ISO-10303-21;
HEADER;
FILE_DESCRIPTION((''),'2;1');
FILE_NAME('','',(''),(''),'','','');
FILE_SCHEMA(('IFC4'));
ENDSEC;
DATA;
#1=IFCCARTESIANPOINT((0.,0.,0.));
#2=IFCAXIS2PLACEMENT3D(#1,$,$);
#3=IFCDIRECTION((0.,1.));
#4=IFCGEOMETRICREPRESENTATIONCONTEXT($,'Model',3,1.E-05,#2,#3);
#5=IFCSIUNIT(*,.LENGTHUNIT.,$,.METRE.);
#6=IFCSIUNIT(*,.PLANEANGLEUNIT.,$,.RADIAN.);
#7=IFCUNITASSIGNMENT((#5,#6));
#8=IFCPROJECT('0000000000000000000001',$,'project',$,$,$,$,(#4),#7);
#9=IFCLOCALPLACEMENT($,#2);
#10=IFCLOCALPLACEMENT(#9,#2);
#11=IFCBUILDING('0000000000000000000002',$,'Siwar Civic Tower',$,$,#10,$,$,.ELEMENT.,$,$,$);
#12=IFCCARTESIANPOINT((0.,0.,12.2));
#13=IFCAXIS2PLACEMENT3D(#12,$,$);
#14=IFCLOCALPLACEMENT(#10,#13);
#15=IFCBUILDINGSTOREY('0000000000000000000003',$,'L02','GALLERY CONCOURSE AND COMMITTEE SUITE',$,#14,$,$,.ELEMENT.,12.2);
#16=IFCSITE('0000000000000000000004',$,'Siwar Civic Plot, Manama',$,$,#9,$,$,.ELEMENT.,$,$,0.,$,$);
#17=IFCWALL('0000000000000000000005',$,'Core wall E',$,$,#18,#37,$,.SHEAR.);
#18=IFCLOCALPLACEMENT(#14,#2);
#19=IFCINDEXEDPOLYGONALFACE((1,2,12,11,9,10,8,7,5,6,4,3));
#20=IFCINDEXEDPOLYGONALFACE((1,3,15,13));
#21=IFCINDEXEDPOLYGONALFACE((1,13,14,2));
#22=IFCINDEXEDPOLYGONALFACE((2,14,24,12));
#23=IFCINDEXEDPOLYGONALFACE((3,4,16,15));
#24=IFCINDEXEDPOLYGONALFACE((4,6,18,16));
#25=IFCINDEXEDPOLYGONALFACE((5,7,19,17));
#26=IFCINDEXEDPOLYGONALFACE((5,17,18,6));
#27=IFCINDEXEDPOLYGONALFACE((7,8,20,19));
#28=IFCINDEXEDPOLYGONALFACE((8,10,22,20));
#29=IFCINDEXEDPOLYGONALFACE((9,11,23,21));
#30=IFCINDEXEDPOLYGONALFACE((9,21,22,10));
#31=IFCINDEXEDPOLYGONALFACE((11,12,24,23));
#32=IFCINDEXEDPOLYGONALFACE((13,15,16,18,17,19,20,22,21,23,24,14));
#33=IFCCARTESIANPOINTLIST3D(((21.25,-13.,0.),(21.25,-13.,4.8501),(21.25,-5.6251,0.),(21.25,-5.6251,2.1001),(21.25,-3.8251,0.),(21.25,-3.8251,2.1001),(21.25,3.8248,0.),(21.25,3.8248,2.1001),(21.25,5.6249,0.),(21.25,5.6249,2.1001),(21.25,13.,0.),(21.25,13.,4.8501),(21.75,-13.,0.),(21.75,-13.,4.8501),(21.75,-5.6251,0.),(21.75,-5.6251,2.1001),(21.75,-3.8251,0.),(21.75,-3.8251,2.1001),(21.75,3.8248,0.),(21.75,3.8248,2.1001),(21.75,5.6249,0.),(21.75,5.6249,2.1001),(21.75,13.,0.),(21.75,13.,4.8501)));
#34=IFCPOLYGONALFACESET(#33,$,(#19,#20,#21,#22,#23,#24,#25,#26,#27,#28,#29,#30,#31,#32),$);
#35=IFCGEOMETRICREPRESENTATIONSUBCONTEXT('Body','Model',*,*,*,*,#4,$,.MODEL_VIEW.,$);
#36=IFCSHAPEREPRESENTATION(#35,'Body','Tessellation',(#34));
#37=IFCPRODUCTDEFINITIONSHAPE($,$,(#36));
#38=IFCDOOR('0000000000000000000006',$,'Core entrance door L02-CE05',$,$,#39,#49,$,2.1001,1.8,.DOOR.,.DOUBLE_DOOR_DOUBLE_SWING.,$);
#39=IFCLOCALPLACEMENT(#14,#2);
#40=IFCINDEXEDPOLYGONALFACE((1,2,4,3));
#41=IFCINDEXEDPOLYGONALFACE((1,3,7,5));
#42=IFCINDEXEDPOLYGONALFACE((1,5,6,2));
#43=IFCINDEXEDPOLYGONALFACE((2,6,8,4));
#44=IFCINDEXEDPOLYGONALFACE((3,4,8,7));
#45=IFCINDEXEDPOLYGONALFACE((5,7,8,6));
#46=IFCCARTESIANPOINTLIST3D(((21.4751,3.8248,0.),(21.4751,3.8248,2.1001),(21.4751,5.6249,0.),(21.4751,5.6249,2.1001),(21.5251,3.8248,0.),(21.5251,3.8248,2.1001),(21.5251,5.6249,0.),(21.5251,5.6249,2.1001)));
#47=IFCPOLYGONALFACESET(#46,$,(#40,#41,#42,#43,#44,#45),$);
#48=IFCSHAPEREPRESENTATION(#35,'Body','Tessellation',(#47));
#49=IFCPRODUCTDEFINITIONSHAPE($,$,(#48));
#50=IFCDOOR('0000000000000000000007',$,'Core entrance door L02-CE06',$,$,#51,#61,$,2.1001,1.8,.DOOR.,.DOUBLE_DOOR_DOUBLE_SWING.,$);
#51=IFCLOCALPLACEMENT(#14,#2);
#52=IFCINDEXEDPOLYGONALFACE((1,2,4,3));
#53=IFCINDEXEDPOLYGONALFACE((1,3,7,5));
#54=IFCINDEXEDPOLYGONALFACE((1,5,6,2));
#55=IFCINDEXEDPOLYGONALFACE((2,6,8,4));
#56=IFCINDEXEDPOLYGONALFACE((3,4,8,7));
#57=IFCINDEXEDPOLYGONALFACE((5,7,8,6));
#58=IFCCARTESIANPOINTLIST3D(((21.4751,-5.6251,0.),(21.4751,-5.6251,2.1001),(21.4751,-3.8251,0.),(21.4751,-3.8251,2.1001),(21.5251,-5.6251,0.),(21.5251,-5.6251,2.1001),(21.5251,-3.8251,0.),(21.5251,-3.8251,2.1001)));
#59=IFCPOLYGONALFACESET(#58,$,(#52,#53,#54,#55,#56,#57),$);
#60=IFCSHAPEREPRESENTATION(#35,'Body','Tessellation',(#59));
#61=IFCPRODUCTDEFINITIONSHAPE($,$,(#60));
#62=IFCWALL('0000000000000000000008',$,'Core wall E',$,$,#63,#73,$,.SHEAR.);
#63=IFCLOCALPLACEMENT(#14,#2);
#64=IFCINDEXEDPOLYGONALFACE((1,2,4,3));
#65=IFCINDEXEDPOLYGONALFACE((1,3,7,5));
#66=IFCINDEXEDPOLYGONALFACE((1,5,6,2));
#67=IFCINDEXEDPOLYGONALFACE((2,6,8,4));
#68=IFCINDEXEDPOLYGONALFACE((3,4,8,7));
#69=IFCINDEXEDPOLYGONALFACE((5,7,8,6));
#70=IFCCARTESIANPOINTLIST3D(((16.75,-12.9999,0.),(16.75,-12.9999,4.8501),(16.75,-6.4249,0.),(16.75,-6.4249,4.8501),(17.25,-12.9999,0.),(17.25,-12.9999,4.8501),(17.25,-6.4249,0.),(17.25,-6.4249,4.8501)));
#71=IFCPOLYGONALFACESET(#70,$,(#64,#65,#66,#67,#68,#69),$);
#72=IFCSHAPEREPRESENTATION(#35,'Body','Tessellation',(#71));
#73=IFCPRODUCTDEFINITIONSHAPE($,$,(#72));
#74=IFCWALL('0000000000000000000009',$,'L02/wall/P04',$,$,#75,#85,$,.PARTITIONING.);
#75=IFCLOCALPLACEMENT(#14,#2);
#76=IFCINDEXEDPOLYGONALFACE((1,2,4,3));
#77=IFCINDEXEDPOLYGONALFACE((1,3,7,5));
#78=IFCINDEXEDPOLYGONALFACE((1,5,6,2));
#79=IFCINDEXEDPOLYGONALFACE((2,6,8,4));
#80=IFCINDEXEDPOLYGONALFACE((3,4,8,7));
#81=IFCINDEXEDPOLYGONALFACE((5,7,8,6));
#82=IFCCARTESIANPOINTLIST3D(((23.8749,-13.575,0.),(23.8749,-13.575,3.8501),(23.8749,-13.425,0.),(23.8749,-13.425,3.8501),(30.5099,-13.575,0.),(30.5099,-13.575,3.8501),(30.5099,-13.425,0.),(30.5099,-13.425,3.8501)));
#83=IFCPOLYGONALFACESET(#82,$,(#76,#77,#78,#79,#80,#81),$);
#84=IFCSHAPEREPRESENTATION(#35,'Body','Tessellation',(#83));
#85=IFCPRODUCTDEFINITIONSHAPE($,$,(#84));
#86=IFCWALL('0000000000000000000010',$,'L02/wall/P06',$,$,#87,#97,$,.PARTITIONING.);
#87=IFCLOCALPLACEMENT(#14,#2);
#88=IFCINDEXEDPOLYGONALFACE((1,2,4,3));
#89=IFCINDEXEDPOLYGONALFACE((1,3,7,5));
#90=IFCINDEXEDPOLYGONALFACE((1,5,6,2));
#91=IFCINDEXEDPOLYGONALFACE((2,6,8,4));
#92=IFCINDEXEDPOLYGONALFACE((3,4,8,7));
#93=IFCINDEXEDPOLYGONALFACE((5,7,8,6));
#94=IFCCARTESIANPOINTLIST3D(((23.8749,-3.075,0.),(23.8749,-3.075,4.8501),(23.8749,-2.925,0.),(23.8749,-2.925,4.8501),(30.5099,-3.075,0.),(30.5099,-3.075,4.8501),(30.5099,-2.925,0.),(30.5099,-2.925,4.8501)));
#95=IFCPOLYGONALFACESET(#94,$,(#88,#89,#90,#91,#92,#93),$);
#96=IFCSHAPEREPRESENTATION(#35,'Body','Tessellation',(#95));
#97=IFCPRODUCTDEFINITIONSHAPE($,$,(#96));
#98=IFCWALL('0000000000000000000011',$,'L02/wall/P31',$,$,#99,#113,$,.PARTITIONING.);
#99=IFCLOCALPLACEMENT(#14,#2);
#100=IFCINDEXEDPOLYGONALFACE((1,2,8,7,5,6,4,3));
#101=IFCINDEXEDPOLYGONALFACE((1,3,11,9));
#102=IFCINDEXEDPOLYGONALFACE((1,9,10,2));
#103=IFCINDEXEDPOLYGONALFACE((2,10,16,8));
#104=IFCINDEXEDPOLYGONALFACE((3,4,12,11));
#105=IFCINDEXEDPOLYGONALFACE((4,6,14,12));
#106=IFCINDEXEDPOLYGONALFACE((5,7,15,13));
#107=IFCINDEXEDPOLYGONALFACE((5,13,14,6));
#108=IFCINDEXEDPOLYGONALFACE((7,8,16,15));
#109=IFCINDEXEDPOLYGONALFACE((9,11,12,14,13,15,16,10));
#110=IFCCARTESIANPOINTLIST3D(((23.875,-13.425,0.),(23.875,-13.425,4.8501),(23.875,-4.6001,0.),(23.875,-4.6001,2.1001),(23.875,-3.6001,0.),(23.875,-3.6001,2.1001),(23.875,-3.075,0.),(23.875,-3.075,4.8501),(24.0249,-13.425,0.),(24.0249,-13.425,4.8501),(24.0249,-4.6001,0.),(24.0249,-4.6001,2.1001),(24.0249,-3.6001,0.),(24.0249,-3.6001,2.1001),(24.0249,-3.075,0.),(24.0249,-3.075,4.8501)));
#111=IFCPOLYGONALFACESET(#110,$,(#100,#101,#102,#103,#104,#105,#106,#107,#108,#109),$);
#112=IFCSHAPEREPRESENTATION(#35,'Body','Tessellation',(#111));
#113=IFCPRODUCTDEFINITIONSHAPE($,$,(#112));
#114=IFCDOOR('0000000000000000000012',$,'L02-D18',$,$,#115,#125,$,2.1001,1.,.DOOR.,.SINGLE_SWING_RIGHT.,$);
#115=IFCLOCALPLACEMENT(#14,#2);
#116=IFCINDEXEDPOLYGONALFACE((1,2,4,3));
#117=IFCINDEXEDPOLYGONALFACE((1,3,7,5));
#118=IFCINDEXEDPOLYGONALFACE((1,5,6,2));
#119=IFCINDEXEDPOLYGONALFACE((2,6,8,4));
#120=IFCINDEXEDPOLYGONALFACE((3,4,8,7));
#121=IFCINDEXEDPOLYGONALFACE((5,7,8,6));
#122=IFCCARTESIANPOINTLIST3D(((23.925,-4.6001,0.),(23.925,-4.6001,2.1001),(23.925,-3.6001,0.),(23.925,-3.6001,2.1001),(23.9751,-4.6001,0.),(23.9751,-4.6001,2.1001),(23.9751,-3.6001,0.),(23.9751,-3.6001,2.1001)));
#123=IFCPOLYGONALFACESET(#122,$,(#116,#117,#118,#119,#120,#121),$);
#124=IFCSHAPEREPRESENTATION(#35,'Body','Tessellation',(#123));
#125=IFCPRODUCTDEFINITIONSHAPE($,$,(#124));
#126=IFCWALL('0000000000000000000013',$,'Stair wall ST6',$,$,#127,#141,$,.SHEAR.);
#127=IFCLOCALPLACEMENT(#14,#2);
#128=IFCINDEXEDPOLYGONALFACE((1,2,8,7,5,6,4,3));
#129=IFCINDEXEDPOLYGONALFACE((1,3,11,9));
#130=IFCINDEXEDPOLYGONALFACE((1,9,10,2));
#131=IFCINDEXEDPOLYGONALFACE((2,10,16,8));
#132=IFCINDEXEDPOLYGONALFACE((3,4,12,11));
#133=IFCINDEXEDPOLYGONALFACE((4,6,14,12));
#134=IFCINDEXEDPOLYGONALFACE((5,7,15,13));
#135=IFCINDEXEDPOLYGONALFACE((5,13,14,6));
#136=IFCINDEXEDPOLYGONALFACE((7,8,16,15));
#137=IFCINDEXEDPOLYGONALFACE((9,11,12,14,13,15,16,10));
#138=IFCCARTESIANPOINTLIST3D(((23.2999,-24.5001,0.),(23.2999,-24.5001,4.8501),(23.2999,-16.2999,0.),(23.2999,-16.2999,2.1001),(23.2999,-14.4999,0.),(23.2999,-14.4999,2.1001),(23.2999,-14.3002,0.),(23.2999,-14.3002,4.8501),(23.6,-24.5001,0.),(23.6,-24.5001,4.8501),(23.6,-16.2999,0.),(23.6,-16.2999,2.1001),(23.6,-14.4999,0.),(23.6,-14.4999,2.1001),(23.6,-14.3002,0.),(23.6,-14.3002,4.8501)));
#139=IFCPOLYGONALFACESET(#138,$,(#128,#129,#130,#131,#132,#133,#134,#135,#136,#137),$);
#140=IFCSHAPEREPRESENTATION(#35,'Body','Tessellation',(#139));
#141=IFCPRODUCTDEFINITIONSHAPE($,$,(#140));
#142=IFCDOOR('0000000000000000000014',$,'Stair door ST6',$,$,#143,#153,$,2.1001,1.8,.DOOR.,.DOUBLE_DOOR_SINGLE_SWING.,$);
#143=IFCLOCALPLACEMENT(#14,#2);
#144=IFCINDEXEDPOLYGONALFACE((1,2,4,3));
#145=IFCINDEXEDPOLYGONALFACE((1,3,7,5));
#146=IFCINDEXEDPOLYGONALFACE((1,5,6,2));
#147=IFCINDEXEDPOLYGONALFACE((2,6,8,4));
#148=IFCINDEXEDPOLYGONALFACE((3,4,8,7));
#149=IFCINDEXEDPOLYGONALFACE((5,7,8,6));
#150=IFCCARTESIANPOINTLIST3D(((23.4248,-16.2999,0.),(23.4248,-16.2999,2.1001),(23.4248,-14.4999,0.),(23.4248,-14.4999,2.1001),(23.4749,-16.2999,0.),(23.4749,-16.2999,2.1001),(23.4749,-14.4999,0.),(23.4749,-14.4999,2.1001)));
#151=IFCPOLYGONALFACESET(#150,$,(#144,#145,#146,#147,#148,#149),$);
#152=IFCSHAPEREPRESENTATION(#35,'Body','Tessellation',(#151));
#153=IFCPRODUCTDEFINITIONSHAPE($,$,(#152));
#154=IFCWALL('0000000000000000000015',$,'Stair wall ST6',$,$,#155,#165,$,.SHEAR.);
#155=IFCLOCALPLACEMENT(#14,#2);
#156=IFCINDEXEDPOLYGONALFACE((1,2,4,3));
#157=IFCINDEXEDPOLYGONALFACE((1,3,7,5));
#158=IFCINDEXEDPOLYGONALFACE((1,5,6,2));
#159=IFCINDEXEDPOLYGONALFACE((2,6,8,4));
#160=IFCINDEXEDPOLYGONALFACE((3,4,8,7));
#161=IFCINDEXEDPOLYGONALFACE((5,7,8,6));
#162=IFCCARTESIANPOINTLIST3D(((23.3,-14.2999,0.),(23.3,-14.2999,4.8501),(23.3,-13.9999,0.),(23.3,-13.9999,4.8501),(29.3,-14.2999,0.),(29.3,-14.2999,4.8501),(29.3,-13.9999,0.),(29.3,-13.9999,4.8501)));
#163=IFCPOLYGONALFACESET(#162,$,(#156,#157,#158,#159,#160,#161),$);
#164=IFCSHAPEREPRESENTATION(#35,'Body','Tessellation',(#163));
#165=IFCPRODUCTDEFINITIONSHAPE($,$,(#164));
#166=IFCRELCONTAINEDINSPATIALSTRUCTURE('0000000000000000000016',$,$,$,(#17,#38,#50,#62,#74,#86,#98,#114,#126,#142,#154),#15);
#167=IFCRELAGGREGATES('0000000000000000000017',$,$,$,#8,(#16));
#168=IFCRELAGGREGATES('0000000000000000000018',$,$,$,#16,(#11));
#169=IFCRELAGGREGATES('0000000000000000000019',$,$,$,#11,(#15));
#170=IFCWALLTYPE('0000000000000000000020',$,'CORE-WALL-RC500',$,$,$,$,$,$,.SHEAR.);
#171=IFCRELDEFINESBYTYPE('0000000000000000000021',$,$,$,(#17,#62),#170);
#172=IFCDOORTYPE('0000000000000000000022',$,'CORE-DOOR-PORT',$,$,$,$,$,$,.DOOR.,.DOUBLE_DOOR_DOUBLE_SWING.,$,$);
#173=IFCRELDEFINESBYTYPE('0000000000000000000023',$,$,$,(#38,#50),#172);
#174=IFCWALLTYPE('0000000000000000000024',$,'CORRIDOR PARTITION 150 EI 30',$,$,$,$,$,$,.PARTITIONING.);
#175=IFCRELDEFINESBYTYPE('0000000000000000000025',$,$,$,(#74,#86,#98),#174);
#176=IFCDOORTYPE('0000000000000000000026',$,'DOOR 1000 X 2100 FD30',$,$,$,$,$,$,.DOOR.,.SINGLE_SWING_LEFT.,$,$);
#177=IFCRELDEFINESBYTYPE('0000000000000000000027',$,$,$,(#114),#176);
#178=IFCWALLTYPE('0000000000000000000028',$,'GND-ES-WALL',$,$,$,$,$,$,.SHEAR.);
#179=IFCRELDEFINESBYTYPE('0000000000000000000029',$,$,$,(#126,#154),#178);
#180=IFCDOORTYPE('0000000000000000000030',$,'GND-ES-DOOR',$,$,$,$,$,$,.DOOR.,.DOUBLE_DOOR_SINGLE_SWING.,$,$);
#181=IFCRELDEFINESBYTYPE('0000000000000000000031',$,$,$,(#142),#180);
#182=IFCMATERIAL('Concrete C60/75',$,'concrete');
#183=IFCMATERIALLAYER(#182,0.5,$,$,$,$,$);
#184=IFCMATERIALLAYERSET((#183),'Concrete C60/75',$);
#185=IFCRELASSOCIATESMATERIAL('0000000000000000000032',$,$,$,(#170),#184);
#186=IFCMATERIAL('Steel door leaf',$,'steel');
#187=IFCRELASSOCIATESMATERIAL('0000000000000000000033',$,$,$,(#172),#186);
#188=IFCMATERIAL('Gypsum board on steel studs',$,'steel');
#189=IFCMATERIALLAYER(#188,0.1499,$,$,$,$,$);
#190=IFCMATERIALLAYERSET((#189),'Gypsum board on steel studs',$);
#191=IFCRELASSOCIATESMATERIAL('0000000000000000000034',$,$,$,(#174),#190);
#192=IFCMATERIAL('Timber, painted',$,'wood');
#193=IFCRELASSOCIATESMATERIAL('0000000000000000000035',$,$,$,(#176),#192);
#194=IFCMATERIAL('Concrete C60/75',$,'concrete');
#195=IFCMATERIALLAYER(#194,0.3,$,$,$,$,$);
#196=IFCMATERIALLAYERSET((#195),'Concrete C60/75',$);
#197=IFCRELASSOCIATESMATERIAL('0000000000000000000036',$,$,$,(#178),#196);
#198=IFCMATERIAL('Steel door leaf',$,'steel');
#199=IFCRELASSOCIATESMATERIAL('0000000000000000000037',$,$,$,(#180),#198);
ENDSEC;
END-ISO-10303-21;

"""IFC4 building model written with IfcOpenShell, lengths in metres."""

from ifc_helpers import new_model, si_unit, direction, frame, frame_2d, origin, place, context, subcontext, project, spatial, rectangle, extrude, material, layer, layer_set, type_object, element, fill, save


model = new_model("IFC4")

# Units and contexts
model_context = context("Model", 3, precision=1e-05, world=origin(), true_north=direction((0.0, 1.0)))
body_context = subcontext(model_context, "Body", "Model", "MODEL_VIEW")
ifc_project = project(units=[si_unit("LENGTHUNIT", "METRE"), si_unit("PLANEANGLEUNIT", "RADIAN")], contexts=[model_context])

# Site, building, storey
site_placement = place(None, origin())
site = spatial("IfcSite", under=ifc_project, at=site_placement, Name="Siwar Civic Plot, Manama", CompositionType="ELEMENT", RefElevation=0.0)
building_placement = place(site_placement, origin())
building = spatial("IfcBuilding", under=site, at=building_placement, Name="Siwar Civic Tower", CompositionType="ELEMENT")
storey_placement = place(building_placement, frame((0.0, 0.0, 12.2)))
storey = spatial("IfcBuildingStorey", under=building, at=storey_placement, Name="L02", Description="GALLERY CONCOURSE AND COMMITTEE SUITE", CompositionType="ELEMENT", Elevation=12.2)

# Wall, openings, doors
ifc_material_1 = material(Name="Concrete C60/75", Category="concrete")
ifc_layer_1 = layer(ifc_material_1, 0.5)
ifc_layer_set_1 = layer_set([ifc_layer_1], Name="Concrete C60/75")
wall_type_1 = type_object("IfcWallType", Name="CORE-WALL-RC500", PredefinedType="SHEAR", material=ifc_layer_set_1)
wall_1_placement = place(storey_placement, frame((21.5, -13.0, 0.0), z_axis=(0.0, 0.0, 1.0), x_axis=(0.0, 1.0, 0.0)))
wall_1 = element("IfcWall", 1, at=wall_1_placement, inside=storey, type_object=wall_type_1, Name="Core wall E", PredefinedType="SHEAR", context=body_context, shape_type="SweptSolid", body=[
    extrude(rectangle(XDim=26.0, YDim=0.5, at=frame_2d((13.0, 0.0))), origin(), (0.0, 0.0, 1.0), 4.8501),
])
opening_1_placement = place(wall_1_placement, frame((16.825, 0.0, 0.0)))
opening_1 = element("IfcOpeningElement", 2, at=opening_1_placement, cuts=wall_1, PredefinedType="OPENING", context=body_context, shape_type="SweptSolid", body=[
    extrude(rectangle(XDim=1.8, YDim=2.1001, at=frame_2d((0.8999, 1.05))), frame((0.0, 0.26, 0.0), z_axis=(0.0, -1.0, 0.0), x_axis=(1.0, 0.0, 0.0)), (0.0, 0.0, 1.0), 0.52),
])
opening_2_placement = place(wall_1_placement, frame((7.375, 0.0, 0.0)))
opening_2 = element("IfcOpeningElement", 3, at=opening_2_placement, cuts=wall_1, PredefinedType="OPENING", context=body_context, shape_type="SweptSolid", body=[
    extrude(rectangle(XDim=1.8, YDim=2.1001, at=frame_2d((0.8999, 1.05))), frame((0.0, 0.26, 0.0), z_axis=(0.0, -1.0, 0.0), x_axis=(1.0, 0.0, 0.0)), (0.0, 0.0, 1.0), 0.52),
])
ifc_material_2 = material(Name="Steel door leaf", Category="steel")
door_type_1 = type_object("IfcDoorType", Name="CORE-DOOR-PORT", OperationType="DOUBLE_DOOR_DOUBLE_SWING", PredefinedType="DOOR", material=ifc_material_2)
door_1_placement = place(opening_1_placement, origin())
door_1 = element("IfcDoor", 4, at=door_1_placement, inside=storey, type_object=door_type_1, Name="Core entrance door L02-CE05", OperationType="DOUBLE_DOOR_DOUBLE_SWING", OverallHeight=2.1001, OverallWidth=1.8, PredefinedType="DOOR", context=body_context, shape_type="SweptSolid", body=[
    extrude(rectangle(XDim=1.8, YDim=2.1001, at=frame_2d((0.8999, 1.05))), frame((0.0, 0.0249, 0.0), z_axis=(0.0, -1.0, 0.0), x_axis=(1.0, 0.0, 0.0)), (0.0, 0.0, 1.0), 0.05),
])
fill(opening_1, door_1)
door_2_placement = place(opening_2_placement, origin())
door_2 = element("IfcDoor", 5, at=door_2_placement, inside=storey, type_object=door_type_1, Name="Core entrance door L02-CE06", OperationType="DOUBLE_DOOR_DOUBLE_SWING", OverallHeight=2.1001, OverallWidth=1.8, PredefinedType="DOOR", context=body_context, shape_type="SweptSolid", body=[
    extrude(rectangle(XDim=1.8, YDim=2.1001, at=frame_2d((0.8999, 1.05))), frame((0.0, 0.0249, 0.0), z_axis=(0.0, -1.0, 0.0), x_axis=(1.0, 0.0, 0.0)), (0.0, 0.0, 1.0), 0.05),
])
fill(opening_2, door_2)

# Walls
wall_2_placement = place(storey_placement, frame((17.0, -13.0, 0.0), z_axis=(0.0, 0.0, 1.0), x_axis=(0.0, 1.0, 0.0)))
element("IfcWall", 6, at=wall_2_placement, inside=storey, type_object=wall_type_1, Name="Core wall E", PredefinedType="SHEAR", context=body_context, shape_type="SweptSolid", body=[
    extrude(rectangle(XDim=6.575, YDim=0.5, at=frame_2d((3.2876, 0.0))), origin(), (0.0, 0.0, 1.0), 4.8501),
])
ifc_material_3 = material(Name="Gypsum board on steel studs", Category="steel")
ifc_layer_2 = layer(ifc_material_3, 0.1499)
ifc_layer_set_2 = layer_set([ifc_layer_2], Name="Gypsum board on steel studs")
wall_type_2 = type_object("IfcWallType", Name="CORRIDOR PARTITION 150 EI 30", PredefinedType="PARTITIONING", material=ifc_layer_set_2)
wall_3_placement = place(storey_placement, frame((23.875, -13.5, 0.0), z_axis=(0.0, 0.0, 1.0), x_axis=(1.0, 0.0, 0.0)))
element("IfcWall", 7, at=wall_3_placement, inside=storey, type_object=wall_type_2, Name="L02/wall/P04", PredefinedType="PARTITIONING", context=body_context, shape_type="SweptSolid", body=[
    extrude(rectangle(XDim=6.635, YDim=0.1499, at=frame_2d((3.3174, 0.0))), origin(), (0.0, 0.0, 1.0), 3.8501),
])
wall_4_placement = place(storey_placement, frame((23.875, -3.0, 0.0), z_axis=(0.0, 0.0, 1.0), x_axis=(1.0, 0.0, 0.0)))
element("IfcWall", 8, at=wall_4_placement, inside=storey, type_object=wall_type_2, Name="L02/wall/P06", PredefinedType="PARTITIONING", context=body_context, shape_type="SweptSolid", body=[
    extrude(rectangle(XDim=6.635, YDim=0.1499, at=frame_2d((3.3174, 0.0))), origin(), (0.0, 0.0, 1.0), 4.8501),
])

# Walls, openings, doors
wall_5_placement = place(storey_placement, frame((23.95, -13.425, 0.0), z_axis=(0.0, 0.0, 1.0), x_axis=(0.0, 1.0, 0.0)))
wall_5 = element("IfcWall", 9, at=wall_5_placement, inside=storey, type_object=wall_type_2, Name="L02/wall/P31", PredefinedType="PARTITIONING", context=body_context, shape_type="SweptSolid", body=[
    extrude(rectangle(XDim=10.3501, YDim=0.1499, at=frame_2d((5.175, 0.0))), origin(), (0.0, 0.0, 1.0), 4.8501),
])
opening_3_placement = place(wall_5_placement, frame((8.825, 0.0, 0.0)))
opening_3 = element("IfcOpeningElement", 10, at=opening_3_placement, cuts=wall_5, PredefinedType="OPENING", context=body_context, shape_type="SweptSolid", body=[
    extrude(rectangle(XDim=1.0, YDim=2.1001, at=frame_2d((0.5, 1.05))), frame((0.0, 0.085, 0.0), z_axis=(0.0, -1.0, 0.0), x_axis=(1.0, 0.0, 0.0)), (0.0, 0.0, 1.0), 0.1699),
])
ifc_material_4 = material(Name="Timber, painted", Category="wood")
door_type_2 = type_object("IfcDoorType", Name="DOOR 1000 X 2100 FD30", OperationType="SINGLE_SWING_LEFT", PredefinedType="DOOR", material=ifc_material_4)
door_3_placement = place(opening_3_placement, origin())
door_3 = element("IfcDoor", 11, at=door_3_placement, inside=storey, type_object=door_type_2, Name="L02-D18", OperationType="SINGLE_SWING_RIGHT", OverallHeight=2.1001, OverallWidth=1.0, PredefinedType="DOOR", context=body_context, shape_type="SweptSolid", body=[
    extrude(rectangle(XDim=1.0, YDim=2.1001, at=frame_2d((0.5, 1.05))), frame((0.0, 0.0249, 0.0), z_axis=(0.0, -1.0, 0.0), x_axis=(1.0, 0.0, 0.0)), (0.0, 0.0, 1.0), 0.05),
])
fill(opening_3, door_3)
ifc_material_5 = material(Name="Concrete C60/75", Category="concrete")
ifc_layer_3 = layer(ifc_material_5, 0.3)
ifc_layer_set_3 = layer_set([ifc_layer_3], Name="Concrete C60/75")
wall_type_3 = type_object("IfcWallType", Name="GND-ES-WALL", PredefinedType="SHEAR", material=ifc_layer_set_3)
wall_6_placement = place(storey_placement, frame((23.45, -14.3, 0.0), z_axis=(0.0, 0.0, 1.0), x_axis=(0.0, -1.0, 0.0)))
wall_6 = element("IfcWall", 12, at=wall_6_placement, inside=storey, type_object=wall_type_3, Name="Stair wall ST6", PredefinedType="SHEAR", context=body_context, shape_type="SweptSolid", body=[
    extrude(rectangle(XDim=10.2, YDim=0.3, at=frame_2d((5.1001, 0.0))), origin(), (0.0, 0.0, 1.0), 4.8501),
])
opening_4_placement = place(wall_6_placement, frame((0.2, 0.0, 0.0)))
opening_4 = element("IfcOpeningElement", 13, at=opening_4_placement, cuts=wall_6, PredefinedType="OPENING", context=body_context, shape_type="SweptSolid", body=[
    extrude(rectangle(XDim=1.8, YDim=2.1001, at=frame_2d((0.8999, 1.05))), frame((0.0, 0.1602, 0.0), z_axis=(0.0, -1.0, 0.0), x_axis=(1.0, 0.0, 0.0)), (0.0, 0.0, 1.0), 0.3201),
])
ifc_material_6 = material(Name="Steel door leaf", Category="steel")
door_type_3 = type_object("IfcDoorType", Name="GND-ES-DOOR", OperationType="DOUBLE_DOOR_SINGLE_SWING", PredefinedType="DOOR", material=ifc_material_6)
door_4_placement = place(opening_4_placement, origin())
door_4 = element("IfcDoor", 14, at=door_4_placement, inside=storey, type_object=door_type_3, Name="Stair door ST6", OperationType="DOUBLE_DOOR_SINGLE_SWING", OverallHeight=2.1001, OverallWidth=1.8, PredefinedType="DOOR", context=body_context, shape_type="SweptSolid", body=[
    extrude(rectangle(XDim=1.8, YDim=2.1001, at=frame_2d((0.8999, 1.05))), frame((0.0, 0.0249, 0.0), z_axis=(0.0, -1.0, 0.0), x_axis=(1.0, 0.0, 0.0)), (0.0, 0.0, 1.0), 0.05),
])
fill(opening_4, door_4)

# Wall
wall_7_placement = place(storey_placement, frame((29.3, -14.1499, 0.0), z_axis=(0.0, 0.0, 1.0), x_axis=(-1.0, 0.0, 0.0)))
element("IfcWall", 15, at=wall_7_placement, inside=storey, type_object=wall_type_3, Name="Stair wall ST6", PredefinedType="SHEAR", context=body_context, shape_type="SweptSolid", body=[
    extrude(rectangle(XDim=6.0, YDim=0.3, at=frame_2d((3.0, 0.0))), origin(), (0.0, 0.0, 1.0), 4.8501),
])

save(model, "model.ifc")
